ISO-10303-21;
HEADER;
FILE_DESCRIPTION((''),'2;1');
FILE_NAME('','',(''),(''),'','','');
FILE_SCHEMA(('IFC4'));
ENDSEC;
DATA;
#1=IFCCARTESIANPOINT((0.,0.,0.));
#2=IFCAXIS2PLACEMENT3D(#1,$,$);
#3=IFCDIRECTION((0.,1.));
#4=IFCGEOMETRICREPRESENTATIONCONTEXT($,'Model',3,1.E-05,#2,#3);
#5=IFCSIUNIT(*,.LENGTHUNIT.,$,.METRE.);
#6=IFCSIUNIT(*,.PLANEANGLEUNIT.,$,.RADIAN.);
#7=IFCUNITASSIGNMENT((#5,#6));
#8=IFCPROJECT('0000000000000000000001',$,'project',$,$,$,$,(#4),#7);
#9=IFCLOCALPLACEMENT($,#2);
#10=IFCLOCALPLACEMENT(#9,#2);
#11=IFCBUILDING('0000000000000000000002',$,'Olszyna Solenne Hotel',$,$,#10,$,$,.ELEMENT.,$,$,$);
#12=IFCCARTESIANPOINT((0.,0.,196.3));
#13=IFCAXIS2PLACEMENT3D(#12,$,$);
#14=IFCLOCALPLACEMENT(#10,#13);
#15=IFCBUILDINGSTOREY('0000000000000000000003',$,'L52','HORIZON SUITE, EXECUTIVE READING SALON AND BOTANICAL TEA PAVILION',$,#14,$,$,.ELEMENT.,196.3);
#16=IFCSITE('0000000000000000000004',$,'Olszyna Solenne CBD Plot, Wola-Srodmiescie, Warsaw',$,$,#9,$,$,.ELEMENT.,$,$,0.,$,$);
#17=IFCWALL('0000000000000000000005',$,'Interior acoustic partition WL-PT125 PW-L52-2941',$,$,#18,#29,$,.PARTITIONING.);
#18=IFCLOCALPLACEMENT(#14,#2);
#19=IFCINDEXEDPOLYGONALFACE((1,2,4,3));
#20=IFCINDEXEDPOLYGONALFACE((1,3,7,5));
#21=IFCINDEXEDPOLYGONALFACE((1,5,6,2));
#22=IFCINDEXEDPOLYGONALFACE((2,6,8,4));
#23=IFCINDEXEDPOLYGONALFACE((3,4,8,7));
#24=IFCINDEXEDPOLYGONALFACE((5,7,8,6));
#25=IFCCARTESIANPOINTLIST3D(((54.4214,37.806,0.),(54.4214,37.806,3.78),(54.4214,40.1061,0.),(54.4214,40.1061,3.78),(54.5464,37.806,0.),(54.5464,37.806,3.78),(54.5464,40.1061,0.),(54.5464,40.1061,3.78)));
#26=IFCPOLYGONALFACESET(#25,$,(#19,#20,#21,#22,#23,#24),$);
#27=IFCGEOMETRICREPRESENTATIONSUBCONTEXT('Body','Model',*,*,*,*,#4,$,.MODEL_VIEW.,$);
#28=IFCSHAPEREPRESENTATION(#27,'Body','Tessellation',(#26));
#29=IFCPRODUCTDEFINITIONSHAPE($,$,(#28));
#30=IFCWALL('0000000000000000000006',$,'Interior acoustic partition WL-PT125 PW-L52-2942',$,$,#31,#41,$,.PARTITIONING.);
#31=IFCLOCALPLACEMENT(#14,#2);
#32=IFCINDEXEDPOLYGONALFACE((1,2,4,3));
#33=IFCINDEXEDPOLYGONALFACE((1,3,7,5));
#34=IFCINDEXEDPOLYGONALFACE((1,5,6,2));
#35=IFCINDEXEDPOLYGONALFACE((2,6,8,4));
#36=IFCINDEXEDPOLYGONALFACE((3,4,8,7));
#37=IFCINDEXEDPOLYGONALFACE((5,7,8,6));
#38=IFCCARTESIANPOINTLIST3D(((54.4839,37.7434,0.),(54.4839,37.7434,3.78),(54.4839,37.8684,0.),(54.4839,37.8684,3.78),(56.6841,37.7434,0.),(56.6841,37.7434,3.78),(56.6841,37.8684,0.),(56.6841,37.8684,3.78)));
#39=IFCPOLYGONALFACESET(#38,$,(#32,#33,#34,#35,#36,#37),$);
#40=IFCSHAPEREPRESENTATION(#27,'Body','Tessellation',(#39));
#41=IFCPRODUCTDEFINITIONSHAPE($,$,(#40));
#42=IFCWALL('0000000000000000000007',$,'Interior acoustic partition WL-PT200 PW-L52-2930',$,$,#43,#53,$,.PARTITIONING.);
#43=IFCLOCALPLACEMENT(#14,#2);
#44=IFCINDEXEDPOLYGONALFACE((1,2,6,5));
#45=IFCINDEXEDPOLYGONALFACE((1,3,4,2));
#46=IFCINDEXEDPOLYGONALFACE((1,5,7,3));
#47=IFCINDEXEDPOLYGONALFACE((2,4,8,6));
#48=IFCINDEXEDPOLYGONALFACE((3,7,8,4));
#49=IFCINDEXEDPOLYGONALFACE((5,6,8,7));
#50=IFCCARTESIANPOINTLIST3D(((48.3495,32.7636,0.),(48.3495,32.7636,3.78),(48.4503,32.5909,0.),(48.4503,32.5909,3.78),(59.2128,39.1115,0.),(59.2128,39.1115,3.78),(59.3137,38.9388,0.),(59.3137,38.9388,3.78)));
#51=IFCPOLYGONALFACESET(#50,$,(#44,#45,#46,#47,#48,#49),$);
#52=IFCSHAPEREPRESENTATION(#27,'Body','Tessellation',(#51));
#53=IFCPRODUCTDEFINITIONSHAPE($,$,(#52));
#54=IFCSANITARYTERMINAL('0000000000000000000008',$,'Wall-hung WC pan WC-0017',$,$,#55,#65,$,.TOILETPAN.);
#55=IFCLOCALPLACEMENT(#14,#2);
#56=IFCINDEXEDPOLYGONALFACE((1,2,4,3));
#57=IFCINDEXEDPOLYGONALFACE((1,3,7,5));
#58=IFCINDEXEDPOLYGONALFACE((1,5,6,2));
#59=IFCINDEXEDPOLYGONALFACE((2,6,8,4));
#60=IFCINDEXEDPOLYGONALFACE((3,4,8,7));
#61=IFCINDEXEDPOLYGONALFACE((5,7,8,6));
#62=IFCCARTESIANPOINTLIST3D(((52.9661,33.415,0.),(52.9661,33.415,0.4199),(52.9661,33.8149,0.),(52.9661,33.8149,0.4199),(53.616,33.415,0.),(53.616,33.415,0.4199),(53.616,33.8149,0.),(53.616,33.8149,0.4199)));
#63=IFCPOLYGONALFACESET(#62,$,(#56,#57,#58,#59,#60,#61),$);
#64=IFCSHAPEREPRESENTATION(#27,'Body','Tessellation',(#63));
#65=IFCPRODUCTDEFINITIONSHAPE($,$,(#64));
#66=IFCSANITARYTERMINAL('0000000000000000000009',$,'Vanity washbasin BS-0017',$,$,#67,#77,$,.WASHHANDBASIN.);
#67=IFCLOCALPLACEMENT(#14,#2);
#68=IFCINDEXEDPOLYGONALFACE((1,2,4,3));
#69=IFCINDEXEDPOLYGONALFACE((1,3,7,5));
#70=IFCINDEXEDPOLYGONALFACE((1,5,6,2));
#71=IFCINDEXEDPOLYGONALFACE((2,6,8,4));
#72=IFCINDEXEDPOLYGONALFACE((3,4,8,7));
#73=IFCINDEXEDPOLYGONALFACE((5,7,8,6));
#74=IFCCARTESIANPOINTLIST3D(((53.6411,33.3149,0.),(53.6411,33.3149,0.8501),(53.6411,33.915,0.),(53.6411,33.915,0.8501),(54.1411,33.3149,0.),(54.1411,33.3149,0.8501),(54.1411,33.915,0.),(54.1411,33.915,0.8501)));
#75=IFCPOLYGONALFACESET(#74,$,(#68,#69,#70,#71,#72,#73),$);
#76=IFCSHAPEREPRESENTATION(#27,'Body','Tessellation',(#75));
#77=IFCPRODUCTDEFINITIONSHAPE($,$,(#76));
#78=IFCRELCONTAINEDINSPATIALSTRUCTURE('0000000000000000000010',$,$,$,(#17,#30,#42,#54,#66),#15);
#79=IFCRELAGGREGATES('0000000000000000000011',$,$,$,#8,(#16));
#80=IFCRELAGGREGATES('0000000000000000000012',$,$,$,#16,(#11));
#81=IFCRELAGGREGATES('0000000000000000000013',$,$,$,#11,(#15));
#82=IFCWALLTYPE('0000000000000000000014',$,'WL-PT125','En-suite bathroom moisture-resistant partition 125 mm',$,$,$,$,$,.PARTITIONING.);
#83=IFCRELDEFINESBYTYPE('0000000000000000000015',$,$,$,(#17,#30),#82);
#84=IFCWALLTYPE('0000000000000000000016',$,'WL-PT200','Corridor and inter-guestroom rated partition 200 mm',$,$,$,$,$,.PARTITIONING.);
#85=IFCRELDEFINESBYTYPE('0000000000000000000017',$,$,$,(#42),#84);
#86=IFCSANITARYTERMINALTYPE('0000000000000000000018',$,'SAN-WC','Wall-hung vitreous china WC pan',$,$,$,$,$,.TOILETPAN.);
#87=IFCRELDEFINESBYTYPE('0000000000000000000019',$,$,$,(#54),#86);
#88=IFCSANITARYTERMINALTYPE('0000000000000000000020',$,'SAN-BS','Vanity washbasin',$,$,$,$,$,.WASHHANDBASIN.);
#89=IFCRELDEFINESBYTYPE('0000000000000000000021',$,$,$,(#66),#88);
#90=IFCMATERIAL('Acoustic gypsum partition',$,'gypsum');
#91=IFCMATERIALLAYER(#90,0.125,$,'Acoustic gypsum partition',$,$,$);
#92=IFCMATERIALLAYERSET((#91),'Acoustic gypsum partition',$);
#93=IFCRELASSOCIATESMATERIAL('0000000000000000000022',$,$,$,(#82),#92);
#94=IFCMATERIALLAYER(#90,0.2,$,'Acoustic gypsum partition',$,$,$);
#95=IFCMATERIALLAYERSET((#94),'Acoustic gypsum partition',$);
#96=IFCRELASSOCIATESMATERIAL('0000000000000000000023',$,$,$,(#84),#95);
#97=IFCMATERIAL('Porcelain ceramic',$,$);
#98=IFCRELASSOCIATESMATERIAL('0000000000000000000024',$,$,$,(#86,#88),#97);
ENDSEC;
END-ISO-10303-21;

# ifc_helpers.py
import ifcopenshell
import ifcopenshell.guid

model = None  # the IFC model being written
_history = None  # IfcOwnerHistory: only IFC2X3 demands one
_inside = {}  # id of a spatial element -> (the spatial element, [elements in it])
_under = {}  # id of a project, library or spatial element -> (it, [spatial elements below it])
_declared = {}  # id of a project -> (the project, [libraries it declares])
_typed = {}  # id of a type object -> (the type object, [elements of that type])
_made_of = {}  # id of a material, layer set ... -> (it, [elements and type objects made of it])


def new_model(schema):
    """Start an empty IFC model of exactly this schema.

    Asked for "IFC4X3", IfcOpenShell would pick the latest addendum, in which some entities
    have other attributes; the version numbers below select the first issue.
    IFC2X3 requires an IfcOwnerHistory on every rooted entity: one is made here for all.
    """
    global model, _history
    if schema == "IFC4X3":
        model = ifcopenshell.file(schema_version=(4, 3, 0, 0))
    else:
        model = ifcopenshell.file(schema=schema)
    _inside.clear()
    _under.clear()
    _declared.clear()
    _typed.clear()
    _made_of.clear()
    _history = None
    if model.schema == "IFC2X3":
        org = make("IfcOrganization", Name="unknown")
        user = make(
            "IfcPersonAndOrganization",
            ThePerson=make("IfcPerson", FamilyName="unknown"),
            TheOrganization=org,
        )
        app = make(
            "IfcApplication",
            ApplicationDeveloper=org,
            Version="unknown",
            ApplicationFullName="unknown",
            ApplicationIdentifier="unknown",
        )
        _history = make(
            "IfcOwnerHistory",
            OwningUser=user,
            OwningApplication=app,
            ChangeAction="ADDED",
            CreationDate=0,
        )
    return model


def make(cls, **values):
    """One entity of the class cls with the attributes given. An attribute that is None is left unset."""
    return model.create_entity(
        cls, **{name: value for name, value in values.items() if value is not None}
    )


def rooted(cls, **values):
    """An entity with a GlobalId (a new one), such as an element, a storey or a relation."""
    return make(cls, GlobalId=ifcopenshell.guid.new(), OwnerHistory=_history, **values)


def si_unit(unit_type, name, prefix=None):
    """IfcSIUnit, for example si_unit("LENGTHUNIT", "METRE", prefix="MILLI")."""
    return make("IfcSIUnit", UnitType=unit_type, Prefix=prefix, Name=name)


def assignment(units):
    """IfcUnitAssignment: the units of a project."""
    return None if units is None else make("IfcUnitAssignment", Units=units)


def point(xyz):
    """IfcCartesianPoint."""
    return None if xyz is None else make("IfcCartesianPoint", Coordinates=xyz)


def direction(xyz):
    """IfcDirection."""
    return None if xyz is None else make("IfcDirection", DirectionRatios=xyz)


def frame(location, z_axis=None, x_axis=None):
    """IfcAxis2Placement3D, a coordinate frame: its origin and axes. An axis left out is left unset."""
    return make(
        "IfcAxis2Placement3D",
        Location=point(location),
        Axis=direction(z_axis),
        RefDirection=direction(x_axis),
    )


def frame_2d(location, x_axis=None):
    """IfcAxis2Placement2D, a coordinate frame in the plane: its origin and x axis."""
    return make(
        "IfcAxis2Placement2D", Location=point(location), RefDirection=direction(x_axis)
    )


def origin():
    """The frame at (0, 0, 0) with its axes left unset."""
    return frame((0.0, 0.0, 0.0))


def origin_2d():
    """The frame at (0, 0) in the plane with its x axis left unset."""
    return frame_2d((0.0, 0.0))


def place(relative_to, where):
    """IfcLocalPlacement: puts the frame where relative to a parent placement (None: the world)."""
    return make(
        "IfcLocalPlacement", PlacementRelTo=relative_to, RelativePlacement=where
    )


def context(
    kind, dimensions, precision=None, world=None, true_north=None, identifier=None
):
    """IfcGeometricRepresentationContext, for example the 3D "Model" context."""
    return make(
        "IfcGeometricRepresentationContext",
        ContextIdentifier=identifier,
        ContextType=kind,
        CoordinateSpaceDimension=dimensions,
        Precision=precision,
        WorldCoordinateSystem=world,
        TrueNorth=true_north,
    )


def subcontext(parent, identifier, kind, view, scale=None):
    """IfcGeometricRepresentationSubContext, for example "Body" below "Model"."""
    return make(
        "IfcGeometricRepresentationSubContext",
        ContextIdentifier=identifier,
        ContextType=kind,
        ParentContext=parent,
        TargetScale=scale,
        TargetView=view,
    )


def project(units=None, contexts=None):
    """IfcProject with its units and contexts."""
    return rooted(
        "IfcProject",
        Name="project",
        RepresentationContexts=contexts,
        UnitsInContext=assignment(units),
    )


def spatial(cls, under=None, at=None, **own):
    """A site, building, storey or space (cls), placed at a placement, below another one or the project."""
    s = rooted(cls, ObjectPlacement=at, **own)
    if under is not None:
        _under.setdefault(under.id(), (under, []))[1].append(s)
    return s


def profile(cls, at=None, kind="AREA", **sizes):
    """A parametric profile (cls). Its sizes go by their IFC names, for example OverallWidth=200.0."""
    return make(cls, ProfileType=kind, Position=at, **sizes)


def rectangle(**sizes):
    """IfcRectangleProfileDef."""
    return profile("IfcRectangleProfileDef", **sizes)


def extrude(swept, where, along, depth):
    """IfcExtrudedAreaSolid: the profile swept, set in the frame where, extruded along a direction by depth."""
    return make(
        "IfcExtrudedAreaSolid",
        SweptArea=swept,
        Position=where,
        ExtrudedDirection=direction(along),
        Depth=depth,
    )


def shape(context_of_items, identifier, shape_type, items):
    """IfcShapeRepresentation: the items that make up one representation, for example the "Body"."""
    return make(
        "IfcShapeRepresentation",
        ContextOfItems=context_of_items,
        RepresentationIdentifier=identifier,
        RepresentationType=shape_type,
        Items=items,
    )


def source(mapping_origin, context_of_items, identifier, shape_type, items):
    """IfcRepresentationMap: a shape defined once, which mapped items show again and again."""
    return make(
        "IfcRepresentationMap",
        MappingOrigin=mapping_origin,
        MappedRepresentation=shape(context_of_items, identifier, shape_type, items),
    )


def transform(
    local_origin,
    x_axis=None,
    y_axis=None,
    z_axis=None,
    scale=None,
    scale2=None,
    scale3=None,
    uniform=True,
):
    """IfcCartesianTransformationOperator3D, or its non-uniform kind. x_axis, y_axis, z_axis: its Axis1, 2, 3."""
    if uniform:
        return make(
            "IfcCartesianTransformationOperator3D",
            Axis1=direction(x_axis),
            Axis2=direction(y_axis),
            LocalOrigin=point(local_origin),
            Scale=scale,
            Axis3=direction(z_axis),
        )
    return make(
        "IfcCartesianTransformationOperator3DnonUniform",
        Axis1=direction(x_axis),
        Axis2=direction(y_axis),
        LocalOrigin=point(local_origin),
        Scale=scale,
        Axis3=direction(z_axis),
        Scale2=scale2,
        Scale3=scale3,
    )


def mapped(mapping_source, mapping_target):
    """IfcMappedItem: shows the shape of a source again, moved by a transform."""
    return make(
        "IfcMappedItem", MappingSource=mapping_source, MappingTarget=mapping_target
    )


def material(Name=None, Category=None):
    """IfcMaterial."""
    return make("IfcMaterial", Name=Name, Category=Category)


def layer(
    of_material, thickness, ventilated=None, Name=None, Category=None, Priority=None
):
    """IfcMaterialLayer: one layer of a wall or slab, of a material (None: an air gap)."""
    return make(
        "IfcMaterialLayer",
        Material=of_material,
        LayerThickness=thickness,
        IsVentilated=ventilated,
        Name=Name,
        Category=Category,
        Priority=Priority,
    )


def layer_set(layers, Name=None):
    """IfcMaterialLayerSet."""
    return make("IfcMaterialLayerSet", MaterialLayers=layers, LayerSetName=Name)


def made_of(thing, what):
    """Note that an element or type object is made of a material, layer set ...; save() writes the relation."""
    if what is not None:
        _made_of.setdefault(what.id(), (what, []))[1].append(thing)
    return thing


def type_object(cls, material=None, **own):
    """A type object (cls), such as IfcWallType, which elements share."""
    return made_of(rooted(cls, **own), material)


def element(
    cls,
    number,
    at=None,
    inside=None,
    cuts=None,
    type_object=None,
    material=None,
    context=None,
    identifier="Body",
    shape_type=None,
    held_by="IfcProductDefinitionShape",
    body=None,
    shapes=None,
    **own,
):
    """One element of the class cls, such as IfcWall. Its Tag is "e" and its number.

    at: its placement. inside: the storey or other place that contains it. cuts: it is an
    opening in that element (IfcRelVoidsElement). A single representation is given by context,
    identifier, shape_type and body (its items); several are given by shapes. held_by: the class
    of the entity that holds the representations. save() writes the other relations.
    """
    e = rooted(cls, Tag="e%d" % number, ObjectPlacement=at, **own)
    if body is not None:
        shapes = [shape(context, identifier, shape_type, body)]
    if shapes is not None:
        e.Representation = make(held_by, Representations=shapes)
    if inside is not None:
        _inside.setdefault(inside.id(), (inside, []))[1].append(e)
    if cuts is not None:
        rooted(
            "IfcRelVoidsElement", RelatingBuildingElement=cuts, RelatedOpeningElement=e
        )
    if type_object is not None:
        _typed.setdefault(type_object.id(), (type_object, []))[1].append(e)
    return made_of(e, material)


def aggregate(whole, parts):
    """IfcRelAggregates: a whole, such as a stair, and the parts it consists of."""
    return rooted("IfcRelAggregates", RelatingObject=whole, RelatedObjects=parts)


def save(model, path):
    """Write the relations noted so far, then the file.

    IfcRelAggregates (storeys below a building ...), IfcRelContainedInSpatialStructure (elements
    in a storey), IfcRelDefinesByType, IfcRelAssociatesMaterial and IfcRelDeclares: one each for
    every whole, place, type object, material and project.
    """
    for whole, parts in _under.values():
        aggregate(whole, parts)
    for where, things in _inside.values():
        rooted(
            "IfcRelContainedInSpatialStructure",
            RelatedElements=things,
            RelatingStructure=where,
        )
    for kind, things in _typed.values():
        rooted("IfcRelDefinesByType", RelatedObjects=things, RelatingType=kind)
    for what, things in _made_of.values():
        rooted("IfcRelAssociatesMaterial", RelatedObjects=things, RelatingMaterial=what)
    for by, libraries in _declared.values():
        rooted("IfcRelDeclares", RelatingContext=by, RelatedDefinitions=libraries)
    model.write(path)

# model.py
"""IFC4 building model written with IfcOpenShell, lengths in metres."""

from ifc_helpers import new_model, si_unit, direction, frame, frame_2d, origin, origin_2d, place, context, subcontext, project, spatial, rectangle, extrude, source, transform, mapped, material, layer, layer_set, type_object, element, save


model = new_model("IFC4")

# Units and contexts
model_context = context("Model", 3, precision=1e-05, world=origin(), true_north=direction((0.0, 1.0)))
body_context = subcontext(model_context, "Body", "Model", "MODEL_VIEW")
ifc_project = project(units=[si_unit("LENGTHUNIT", "METRE"), si_unit("PLANEANGLEUNIT", "RADIAN")], contexts=[model_context])

# Site, building, storey
site_placement = place(None, origin())
site = spatial("IfcSite", under=ifc_project, at=site_placement, Name="Olszyna Solenne CBD Plot, Wola-Srodmiescie, Warsaw", CompositionType="ELEMENT", RefElevation=0.0)
building_placement = place(site_placement, origin())
building = spatial("IfcBuilding", under=site, at=building_placement, Name="Olszyna Solenne Hotel", CompositionType="ELEMENT")
storey_placement = place(building_placement, frame((0.0, 0.0, 196.3)))
storey = spatial("IfcBuildingStorey", under=building, at=storey_placement, Name="L52", Description="HORIZON SUITE, EXECUTIVE READING SALON AND BOTANICAL TEA PAVILION", CompositionType="ELEMENT", Elevation=196.3)

# Shared definitions
ifc_material_1 = material(Name="Acoustic gypsum partition", Category="gypsum")
ifc_layer_1 = layer(ifc_material_1, 0.125, Name="Acoustic gypsum partition")
ifc_layer_set_1 = layer_set([ifc_layer_1], Name="Acoustic gypsum partition")
wall_type_1 = type_object("IfcWallType", Name="WL-PT125", Description="En-suite bathroom moisture-resistant partition 125 mm", PredefinedType="PARTITIONING", material=ifc_layer_set_1)

# Walls
wall_1_placement = place(storey_placement, frame((54.4839, 40.106, 0.0), z_axis=(0.0, 0.0, 1.0), x_axis=(0.0, -1.0, 0.0)))
element("IfcWall", 1, at=wall_1_placement, inside=storey, type_object=wall_type_1, Name="Interior acoustic partition WL-PT125 PW-L52-2941", PredefinedType="PARTITIONING", context=body_context, shape_type="SweptSolid", body=[
    extrude(rectangle(XDim=2.3, YDim=0.125, at=frame_2d((1.1499, 0.0))), origin(), (0.0, 0.0, 1.0), 3.78),
])
wall_2_placement = place(storey_placement, frame((54.4839, 37.8059, 0.0), z_axis=(0.0, 0.0, 1.0), x_axis=(1.0, 0.0, 0.0)))
element("IfcWall", 2, at=wall_2_placement, inside=storey, type_object=wall_type_1, Name="Interior acoustic partition WL-PT125 PW-L52-2942", PredefinedType="PARTITIONING", context=body_context, shape_type="SweptSolid", body=[
    extrude(rectangle(XDim=2.2002, YDim=0.125, at=frame_2d((1.1001, 0.0))), origin(), (0.0, 0.0, 1.0), 3.78),
])
ifc_layer_2 = layer(ifc_material_1, 0.2, Name="Acoustic gypsum partition")
ifc_layer_set_2 = layer_set([ifc_layer_2], Name="Acoustic gypsum partition")
wall_type_2 = type_object("IfcWallType", Name="WL-PT200", Description="Corridor and inter-guestroom rated partition 200 mm", PredefinedType="PARTITIONING", material=ifc_layer_set_2)
wall_3_placement = place(storey_placement, frame((48.3999, 32.6772, 0.0), z_axis=(0.0, 0.0, 1.0), x_axis=(0.863399, 0.504522, 0.0)))
element("IfcWall", 3, at=wall_3_placement, inside=storey, type_object=wall_type_2, Name="Interior acoustic partition WL-PT200 PW-L52-2930", PredefinedType="PARTITIONING", context=body_context, shape_type="SweptSolid", body=[
    extrude(rectangle(XDim=12.582, YDim=0.2, at=frame_2d((6.291, 0.0))), origin(), (0.0, 0.0, 1.0), 3.78),
])

# Sanitary terminals
ifc_material_2 = material(Name="Porcelain ceramic")
sanitary_terminal_type_1 = type_object("IfcSanitaryTerminalType", Name="SAN-WC", Description="Wall-hung vitreous china WC pan", PredefinedType="TOILETPAN", material=ifc_material_2)
shared_shape_1 = source(origin(), body_context, "Body", "SweptSolid", [
    extrude(rectangle(XDim=0.6499, YDim=0.3999, at=origin_2d()), origin(), (0.0, 0.0, 1.0), 0.4199),
])
sanitary_terminal_1_placement = place(storey_placement, frame((53.291, 33.615, 0.0), z_axis=(0.0, 0.0, 1.0), x_axis=(1.0, 0.0, 0.0)))
element("IfcSanitaryTerminal", 4, at=sanitary_terminal_1_placement, inside=storey, type_object=sanitary_terminal_type_1, Name="Wall-hung WC pan WC-0017", PredefinedType="TOILETPAN", context=body_context, shape_type="MappedRepresentation", body=[
    mapped(shared_shape_1, transform((0.0, 0.0, 0.0), x_axis=(1.0, 0.0, 0.0), y_axis=(0.0, 1.0, 0.0), z_axis=(0.0, 0.0, 1.0), scale=1.0)),
])
sanitary_terminal_type_2 = type_object("IfcSanitaryTerminalType", Name="SAN-BS", Description="Vanity washbasin", PredefinedType="WASHHANDBASIN", material=ifc_material_2)
shared_shape_2 = source(origin(), body_context, "Body", "SweptSolid", [
    extrude(rectangle(XDim=0.5, YDim=0.6001, at=origin_2d()), origin(), (0.0, 0.0, 1.0), 0.8501),
])
sanitary_terminal_2_placement = place(storey_placement, frame((53.8911, 33.615, 0.0), z_axis=(0.0, 0.0, 1.0), x_axis=(1.0, 0.0, 0.0)))
element("IfcSanitaryTerminal", 5, at=sanitary_terminal_2_placement, inside=storey, type_object=sanitary_terminal_type_2, Name="Vanity washbasin BS-0017", PredefinedType="WASHHANDBASIN", context=body_context, shape_type="MappedRepresentation", body=[
    mapped(shared_shape_2, transform((0.0, 0.0, 0.0), x_axis=(1.0, 0.0, 0.0), y_axis=(0.0, 1.0, 0.0), z_axis=(0.0, 0.0, 1.0), scale=1.0)),
])

save(model, "model.ifc")
